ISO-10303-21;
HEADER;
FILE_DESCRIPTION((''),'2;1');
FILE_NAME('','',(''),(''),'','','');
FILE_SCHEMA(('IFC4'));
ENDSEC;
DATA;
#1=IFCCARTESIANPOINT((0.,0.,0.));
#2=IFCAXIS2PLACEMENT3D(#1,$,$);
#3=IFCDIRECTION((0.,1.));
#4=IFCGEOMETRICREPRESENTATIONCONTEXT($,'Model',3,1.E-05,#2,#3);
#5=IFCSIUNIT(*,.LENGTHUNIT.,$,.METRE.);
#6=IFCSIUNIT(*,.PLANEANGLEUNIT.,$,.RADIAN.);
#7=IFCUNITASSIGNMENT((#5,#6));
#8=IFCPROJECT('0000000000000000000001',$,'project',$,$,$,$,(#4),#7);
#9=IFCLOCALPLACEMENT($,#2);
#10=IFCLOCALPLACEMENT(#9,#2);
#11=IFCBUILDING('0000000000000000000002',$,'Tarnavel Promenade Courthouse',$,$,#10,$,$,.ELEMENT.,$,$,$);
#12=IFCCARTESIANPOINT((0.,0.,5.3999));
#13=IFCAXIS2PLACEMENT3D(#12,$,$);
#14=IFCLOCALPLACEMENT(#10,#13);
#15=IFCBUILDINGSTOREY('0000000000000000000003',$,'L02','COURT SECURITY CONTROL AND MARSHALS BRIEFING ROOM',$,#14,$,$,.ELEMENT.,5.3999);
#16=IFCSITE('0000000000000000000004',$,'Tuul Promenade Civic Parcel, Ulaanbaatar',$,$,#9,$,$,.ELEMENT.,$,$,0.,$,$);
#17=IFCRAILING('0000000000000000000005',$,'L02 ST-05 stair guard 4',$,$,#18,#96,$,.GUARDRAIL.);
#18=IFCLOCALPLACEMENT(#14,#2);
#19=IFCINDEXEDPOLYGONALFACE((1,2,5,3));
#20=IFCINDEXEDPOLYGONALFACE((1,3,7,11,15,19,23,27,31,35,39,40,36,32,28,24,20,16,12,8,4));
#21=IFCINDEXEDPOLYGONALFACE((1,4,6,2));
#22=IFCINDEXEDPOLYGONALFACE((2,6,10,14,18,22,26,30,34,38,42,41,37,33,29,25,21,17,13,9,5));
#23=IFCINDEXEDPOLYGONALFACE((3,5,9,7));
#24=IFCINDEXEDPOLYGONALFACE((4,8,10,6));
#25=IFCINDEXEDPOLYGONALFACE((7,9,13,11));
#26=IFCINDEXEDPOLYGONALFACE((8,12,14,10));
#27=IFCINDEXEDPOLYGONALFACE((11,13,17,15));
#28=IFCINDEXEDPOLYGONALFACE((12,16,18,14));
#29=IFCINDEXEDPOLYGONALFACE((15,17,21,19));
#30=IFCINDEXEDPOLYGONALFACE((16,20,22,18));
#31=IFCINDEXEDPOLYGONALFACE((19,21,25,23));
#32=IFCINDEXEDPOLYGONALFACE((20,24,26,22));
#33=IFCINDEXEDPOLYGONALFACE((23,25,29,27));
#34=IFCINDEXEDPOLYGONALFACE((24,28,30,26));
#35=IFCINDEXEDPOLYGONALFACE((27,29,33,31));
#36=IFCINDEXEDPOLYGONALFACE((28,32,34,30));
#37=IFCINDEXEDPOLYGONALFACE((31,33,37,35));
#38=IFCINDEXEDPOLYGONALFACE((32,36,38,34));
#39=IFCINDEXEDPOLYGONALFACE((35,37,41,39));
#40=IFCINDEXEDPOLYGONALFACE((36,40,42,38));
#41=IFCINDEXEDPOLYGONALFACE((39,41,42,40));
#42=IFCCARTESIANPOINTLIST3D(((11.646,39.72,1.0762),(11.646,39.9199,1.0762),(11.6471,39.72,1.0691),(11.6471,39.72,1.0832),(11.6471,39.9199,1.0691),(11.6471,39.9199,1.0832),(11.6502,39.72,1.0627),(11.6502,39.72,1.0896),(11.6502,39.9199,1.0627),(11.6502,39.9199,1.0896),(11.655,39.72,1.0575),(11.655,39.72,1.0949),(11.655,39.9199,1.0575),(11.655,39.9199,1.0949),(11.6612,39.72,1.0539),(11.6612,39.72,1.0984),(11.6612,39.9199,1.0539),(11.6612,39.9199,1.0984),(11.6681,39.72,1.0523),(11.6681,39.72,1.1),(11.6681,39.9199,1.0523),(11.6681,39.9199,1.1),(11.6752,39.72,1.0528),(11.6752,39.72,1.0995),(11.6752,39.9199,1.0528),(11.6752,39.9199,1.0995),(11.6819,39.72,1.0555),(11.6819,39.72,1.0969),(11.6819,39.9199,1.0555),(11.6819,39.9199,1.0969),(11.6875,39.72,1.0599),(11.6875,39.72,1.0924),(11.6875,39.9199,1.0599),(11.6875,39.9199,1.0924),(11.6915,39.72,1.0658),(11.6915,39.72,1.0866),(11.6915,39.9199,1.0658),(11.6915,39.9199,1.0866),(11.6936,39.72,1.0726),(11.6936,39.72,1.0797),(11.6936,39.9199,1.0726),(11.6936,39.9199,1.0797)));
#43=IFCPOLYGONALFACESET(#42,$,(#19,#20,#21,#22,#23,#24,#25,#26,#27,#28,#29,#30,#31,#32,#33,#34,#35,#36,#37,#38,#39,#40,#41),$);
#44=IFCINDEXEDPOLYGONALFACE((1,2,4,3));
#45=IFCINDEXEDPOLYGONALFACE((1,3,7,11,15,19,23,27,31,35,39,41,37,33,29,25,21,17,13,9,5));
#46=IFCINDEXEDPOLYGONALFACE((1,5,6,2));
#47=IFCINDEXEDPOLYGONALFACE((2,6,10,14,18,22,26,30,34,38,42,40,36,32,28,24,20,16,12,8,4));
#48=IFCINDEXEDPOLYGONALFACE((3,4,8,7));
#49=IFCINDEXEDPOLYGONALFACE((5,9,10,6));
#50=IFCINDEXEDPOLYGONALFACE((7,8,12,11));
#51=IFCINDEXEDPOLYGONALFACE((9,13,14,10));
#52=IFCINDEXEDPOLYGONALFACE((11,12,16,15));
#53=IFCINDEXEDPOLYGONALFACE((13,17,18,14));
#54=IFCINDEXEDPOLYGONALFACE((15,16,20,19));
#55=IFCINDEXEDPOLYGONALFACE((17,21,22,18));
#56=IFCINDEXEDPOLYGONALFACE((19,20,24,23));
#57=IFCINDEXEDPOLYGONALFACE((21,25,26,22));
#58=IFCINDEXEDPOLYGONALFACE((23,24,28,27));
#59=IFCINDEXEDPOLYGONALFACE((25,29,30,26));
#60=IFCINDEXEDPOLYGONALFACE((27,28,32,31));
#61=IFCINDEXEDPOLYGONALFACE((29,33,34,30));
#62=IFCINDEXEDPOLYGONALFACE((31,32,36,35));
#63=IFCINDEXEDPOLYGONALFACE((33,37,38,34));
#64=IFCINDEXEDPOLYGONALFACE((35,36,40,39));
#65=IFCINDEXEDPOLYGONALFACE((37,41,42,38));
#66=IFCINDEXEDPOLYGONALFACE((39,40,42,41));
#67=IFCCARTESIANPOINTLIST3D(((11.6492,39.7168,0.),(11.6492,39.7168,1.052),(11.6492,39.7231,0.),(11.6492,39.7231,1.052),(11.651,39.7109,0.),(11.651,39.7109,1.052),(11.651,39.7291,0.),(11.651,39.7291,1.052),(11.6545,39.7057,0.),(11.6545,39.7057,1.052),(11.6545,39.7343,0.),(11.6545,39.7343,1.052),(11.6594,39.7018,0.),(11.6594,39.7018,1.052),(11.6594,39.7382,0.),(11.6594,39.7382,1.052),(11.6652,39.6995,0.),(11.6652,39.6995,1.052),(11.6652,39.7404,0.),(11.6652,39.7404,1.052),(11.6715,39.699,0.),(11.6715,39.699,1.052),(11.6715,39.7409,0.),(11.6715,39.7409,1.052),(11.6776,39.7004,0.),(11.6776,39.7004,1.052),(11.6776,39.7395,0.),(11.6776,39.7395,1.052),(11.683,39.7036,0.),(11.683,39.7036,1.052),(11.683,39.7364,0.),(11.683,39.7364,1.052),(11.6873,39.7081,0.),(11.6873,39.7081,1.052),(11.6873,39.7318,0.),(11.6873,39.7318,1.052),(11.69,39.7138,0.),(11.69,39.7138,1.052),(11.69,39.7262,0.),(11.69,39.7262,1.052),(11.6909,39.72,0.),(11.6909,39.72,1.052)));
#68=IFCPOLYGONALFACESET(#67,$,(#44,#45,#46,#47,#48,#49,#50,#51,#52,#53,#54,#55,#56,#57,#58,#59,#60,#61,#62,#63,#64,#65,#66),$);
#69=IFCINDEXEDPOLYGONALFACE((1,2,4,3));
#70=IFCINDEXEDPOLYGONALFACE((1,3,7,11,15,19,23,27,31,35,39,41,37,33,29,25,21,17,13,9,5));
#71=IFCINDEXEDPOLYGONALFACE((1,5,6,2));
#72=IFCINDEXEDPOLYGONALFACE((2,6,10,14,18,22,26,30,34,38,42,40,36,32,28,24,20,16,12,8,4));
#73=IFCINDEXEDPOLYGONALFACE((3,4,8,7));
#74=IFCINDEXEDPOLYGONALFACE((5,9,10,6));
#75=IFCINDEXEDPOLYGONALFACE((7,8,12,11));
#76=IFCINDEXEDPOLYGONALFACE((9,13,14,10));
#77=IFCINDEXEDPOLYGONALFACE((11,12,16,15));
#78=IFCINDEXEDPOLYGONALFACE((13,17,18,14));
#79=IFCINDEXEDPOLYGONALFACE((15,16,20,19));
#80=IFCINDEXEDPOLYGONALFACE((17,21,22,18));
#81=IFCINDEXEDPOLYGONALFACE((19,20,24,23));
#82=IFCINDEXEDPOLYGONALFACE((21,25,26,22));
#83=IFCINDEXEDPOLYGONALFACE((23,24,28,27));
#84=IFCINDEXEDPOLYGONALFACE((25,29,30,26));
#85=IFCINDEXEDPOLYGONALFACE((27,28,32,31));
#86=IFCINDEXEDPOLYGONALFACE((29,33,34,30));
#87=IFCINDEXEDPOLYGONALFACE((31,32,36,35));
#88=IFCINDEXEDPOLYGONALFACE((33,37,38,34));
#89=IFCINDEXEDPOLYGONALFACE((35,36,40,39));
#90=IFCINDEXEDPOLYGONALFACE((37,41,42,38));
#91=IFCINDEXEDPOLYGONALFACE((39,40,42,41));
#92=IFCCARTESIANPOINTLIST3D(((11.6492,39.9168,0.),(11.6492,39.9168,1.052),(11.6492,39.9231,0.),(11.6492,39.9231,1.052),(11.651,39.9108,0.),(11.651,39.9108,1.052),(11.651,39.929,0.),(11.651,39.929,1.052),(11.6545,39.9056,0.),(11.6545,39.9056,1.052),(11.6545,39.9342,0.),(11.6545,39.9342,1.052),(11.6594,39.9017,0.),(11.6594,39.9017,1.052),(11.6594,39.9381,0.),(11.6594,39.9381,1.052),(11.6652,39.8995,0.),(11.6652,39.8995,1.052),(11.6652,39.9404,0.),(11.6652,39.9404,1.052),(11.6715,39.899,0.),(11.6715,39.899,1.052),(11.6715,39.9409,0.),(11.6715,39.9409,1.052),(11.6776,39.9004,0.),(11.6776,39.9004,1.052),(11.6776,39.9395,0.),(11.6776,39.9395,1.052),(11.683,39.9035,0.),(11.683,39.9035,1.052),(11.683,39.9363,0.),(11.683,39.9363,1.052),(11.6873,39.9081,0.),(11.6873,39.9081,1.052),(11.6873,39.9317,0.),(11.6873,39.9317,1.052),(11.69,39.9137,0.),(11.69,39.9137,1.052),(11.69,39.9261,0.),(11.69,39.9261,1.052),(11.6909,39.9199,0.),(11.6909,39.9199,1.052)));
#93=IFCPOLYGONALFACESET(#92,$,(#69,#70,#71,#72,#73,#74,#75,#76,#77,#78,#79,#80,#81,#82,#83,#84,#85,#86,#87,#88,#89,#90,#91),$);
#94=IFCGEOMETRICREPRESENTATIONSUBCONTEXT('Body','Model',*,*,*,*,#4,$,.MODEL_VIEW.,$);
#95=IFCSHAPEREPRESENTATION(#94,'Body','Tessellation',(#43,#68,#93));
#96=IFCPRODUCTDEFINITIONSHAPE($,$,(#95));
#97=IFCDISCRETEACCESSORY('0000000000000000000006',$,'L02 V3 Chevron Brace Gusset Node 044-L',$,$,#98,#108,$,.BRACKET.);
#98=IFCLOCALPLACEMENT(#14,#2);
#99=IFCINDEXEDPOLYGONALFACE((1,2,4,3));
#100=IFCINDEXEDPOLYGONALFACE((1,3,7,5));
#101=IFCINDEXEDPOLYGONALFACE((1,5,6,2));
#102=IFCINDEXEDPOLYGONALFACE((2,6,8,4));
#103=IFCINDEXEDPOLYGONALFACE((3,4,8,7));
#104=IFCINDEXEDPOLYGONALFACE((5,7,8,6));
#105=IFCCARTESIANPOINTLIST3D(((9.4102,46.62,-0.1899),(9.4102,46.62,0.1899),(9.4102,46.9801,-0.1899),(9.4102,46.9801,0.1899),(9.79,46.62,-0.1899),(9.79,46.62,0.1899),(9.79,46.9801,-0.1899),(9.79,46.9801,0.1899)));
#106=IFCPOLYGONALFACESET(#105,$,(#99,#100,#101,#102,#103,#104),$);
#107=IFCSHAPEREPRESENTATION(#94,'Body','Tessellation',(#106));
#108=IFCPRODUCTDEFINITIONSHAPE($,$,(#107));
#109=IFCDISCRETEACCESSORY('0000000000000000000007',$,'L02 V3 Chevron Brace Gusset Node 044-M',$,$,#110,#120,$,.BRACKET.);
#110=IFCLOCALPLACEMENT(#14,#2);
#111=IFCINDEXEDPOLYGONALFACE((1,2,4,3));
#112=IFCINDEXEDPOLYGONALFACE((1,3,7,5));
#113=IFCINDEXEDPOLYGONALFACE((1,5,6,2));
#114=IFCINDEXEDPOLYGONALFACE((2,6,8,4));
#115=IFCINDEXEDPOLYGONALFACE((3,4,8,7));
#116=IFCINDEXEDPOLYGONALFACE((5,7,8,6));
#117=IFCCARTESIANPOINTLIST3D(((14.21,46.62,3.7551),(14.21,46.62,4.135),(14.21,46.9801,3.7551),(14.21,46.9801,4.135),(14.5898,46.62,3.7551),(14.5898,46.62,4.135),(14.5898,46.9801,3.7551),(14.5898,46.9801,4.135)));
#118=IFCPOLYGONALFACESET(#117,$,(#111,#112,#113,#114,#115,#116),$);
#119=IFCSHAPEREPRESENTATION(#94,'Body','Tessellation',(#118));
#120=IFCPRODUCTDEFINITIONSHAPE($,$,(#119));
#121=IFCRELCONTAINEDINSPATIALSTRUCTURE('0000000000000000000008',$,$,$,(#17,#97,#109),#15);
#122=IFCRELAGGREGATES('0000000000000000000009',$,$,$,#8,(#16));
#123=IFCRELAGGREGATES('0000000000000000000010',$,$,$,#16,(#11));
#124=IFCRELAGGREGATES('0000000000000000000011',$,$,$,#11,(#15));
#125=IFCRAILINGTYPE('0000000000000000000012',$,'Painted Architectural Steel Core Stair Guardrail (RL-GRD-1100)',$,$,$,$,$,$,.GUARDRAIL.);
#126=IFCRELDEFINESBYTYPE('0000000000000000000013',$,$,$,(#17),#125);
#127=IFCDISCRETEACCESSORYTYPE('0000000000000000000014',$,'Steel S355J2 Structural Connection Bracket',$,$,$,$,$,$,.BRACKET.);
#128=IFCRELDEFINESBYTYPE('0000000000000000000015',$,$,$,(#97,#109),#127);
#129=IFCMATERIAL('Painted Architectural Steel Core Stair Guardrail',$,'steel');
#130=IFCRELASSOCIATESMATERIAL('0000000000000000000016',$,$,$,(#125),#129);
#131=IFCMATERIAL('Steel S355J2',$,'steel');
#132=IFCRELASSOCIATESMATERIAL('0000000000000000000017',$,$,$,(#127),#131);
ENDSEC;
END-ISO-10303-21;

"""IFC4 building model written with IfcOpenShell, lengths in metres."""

from ifc_helpers import new_model, si_unit, direction, frame, origin, origin_2d, place, context, subcontext, project, spatial, rectangle, circle, extrude, material, type_object, element, save


model = new_model("IFC4")

# Units and contexts
model_context = context("Model", 3, precision=1e-05, world=origin(), true_north=direction((0.0, 1.0)))
body_context = subcontext(model_context, "Body", "Model", "MODEL_VIEW")
ifc_project = project(units=[si_unit("LENGTHUNIT", "METRE"), si_unit("PLANEANGLEUNIT", "RADIAN")], contexts=[model_context])

# Site, building, storey
site_placement = place(None, origin())
site = spatial("IfcSite", under=ifc_project, at=site_placement, Name="Tuul Promenade Civic Parcel, Ulaanbaatar", CompositionType="ELEMENT", RefElevation=0.0)
building_placement = place(site_placement, origin())
building = spatial("IfcBuilding", under=site, at=building_placement, Name="Tarnavel Promenade Courthouse", CompositionType="ELEMENT")
storey_placement = place(building_placement, frame((0.0, 0.0, 5.3999)))
storey = spatial("IfcBuildingStorey", under=building, at=storey_placement, Name="L02", Description="COURT SECURITY CONTROL AND MARSHALS BRIEFING ROOM", CompositionType="ELEMENT", Elevation=5.3999)

# Shared definitions
ifc_material_1 = material(Name="Steel S355J2", Category="steel")

# Railing
ifc_material_2 = material(Name="Painted Architectural Steel Core Stair Guardrail", Category="steel")
railing_type_1 = type_object("IfcRailingType", Name="Painted Architectural Steel Core Stair Guardrail (RL-GRD-1100)", PredefinedType="GUARDRAIL", material=ifc_material_2)
railing_1_placement = place(storey_placement, frame((11.6699, 39.72, 0.0)))
element("IfcRailing", 1, at=railing_1_placement, inside=storey, type_object=railing_type_1, Name="L02 ST-05 stair guard 4", PredefinedType="GUARDRAIL", context=body_context, shape_type="SweptSolid", body=[
    extrude(circle(Radius=0.0239, at=origin_2d()), frame((0.0, 0.0, 1.0762), z_axis=(0.0, 1.0, 0.0), x_axis=(-1.0, 0.0, 0.0)), (0.0, 0.0, 1.0), 0.2),
    extrude(circle(Radius=0.021, at=origin_2d()), origin(), (0.0, 0.0, 1.0), 1.052),
    extrude(circle(Radius=0.021, at=origin_2d()), frame((0.0, 0.2, 0.0)), (0.0, 0.0, 1.0), 1.052),
])

# Discrete accessories
discrete_accessory_type = type_object("IfcDiscreteAccessoryType", Name="Steel S355J2 Structural Connection Bracket", PredefinedType="BRACKET", material=ifc_material_1)
for number, where, z_axis, x_axis, name in (
    (2, (9.6001, 46.8, -0.1899), (0.0, 0.0, 1.0), (1.0, 0.0, 0.0), "L02 V3 Chevron Brace Gusset Node 044-L"),
    (3, (14.3999, 46.8, 3.7551), (0.0, 0.0, 1.0), (1.0, 0.0, 0.0), "L02 V3 Chevron Brace Gusset Node 044-M"),
):
    element("IfcDiscreteAccessory", number, at=place(storey_placement, frame(where, z_axis=z_axis, x_axis=x_axis)), inside=storey, type_object=discrete_accessory_type, Name=name, PredefinedType="BRACKET", context=body_context, shape_type="SweptSolid", body=[
        extrude(rectangle(XDim=0.3799, YDim=0.3601, at=origin_2d()), origin(), (0.0, 0.0, 1.0), 0.3799),
    ])

save(model, "model.ifc")
